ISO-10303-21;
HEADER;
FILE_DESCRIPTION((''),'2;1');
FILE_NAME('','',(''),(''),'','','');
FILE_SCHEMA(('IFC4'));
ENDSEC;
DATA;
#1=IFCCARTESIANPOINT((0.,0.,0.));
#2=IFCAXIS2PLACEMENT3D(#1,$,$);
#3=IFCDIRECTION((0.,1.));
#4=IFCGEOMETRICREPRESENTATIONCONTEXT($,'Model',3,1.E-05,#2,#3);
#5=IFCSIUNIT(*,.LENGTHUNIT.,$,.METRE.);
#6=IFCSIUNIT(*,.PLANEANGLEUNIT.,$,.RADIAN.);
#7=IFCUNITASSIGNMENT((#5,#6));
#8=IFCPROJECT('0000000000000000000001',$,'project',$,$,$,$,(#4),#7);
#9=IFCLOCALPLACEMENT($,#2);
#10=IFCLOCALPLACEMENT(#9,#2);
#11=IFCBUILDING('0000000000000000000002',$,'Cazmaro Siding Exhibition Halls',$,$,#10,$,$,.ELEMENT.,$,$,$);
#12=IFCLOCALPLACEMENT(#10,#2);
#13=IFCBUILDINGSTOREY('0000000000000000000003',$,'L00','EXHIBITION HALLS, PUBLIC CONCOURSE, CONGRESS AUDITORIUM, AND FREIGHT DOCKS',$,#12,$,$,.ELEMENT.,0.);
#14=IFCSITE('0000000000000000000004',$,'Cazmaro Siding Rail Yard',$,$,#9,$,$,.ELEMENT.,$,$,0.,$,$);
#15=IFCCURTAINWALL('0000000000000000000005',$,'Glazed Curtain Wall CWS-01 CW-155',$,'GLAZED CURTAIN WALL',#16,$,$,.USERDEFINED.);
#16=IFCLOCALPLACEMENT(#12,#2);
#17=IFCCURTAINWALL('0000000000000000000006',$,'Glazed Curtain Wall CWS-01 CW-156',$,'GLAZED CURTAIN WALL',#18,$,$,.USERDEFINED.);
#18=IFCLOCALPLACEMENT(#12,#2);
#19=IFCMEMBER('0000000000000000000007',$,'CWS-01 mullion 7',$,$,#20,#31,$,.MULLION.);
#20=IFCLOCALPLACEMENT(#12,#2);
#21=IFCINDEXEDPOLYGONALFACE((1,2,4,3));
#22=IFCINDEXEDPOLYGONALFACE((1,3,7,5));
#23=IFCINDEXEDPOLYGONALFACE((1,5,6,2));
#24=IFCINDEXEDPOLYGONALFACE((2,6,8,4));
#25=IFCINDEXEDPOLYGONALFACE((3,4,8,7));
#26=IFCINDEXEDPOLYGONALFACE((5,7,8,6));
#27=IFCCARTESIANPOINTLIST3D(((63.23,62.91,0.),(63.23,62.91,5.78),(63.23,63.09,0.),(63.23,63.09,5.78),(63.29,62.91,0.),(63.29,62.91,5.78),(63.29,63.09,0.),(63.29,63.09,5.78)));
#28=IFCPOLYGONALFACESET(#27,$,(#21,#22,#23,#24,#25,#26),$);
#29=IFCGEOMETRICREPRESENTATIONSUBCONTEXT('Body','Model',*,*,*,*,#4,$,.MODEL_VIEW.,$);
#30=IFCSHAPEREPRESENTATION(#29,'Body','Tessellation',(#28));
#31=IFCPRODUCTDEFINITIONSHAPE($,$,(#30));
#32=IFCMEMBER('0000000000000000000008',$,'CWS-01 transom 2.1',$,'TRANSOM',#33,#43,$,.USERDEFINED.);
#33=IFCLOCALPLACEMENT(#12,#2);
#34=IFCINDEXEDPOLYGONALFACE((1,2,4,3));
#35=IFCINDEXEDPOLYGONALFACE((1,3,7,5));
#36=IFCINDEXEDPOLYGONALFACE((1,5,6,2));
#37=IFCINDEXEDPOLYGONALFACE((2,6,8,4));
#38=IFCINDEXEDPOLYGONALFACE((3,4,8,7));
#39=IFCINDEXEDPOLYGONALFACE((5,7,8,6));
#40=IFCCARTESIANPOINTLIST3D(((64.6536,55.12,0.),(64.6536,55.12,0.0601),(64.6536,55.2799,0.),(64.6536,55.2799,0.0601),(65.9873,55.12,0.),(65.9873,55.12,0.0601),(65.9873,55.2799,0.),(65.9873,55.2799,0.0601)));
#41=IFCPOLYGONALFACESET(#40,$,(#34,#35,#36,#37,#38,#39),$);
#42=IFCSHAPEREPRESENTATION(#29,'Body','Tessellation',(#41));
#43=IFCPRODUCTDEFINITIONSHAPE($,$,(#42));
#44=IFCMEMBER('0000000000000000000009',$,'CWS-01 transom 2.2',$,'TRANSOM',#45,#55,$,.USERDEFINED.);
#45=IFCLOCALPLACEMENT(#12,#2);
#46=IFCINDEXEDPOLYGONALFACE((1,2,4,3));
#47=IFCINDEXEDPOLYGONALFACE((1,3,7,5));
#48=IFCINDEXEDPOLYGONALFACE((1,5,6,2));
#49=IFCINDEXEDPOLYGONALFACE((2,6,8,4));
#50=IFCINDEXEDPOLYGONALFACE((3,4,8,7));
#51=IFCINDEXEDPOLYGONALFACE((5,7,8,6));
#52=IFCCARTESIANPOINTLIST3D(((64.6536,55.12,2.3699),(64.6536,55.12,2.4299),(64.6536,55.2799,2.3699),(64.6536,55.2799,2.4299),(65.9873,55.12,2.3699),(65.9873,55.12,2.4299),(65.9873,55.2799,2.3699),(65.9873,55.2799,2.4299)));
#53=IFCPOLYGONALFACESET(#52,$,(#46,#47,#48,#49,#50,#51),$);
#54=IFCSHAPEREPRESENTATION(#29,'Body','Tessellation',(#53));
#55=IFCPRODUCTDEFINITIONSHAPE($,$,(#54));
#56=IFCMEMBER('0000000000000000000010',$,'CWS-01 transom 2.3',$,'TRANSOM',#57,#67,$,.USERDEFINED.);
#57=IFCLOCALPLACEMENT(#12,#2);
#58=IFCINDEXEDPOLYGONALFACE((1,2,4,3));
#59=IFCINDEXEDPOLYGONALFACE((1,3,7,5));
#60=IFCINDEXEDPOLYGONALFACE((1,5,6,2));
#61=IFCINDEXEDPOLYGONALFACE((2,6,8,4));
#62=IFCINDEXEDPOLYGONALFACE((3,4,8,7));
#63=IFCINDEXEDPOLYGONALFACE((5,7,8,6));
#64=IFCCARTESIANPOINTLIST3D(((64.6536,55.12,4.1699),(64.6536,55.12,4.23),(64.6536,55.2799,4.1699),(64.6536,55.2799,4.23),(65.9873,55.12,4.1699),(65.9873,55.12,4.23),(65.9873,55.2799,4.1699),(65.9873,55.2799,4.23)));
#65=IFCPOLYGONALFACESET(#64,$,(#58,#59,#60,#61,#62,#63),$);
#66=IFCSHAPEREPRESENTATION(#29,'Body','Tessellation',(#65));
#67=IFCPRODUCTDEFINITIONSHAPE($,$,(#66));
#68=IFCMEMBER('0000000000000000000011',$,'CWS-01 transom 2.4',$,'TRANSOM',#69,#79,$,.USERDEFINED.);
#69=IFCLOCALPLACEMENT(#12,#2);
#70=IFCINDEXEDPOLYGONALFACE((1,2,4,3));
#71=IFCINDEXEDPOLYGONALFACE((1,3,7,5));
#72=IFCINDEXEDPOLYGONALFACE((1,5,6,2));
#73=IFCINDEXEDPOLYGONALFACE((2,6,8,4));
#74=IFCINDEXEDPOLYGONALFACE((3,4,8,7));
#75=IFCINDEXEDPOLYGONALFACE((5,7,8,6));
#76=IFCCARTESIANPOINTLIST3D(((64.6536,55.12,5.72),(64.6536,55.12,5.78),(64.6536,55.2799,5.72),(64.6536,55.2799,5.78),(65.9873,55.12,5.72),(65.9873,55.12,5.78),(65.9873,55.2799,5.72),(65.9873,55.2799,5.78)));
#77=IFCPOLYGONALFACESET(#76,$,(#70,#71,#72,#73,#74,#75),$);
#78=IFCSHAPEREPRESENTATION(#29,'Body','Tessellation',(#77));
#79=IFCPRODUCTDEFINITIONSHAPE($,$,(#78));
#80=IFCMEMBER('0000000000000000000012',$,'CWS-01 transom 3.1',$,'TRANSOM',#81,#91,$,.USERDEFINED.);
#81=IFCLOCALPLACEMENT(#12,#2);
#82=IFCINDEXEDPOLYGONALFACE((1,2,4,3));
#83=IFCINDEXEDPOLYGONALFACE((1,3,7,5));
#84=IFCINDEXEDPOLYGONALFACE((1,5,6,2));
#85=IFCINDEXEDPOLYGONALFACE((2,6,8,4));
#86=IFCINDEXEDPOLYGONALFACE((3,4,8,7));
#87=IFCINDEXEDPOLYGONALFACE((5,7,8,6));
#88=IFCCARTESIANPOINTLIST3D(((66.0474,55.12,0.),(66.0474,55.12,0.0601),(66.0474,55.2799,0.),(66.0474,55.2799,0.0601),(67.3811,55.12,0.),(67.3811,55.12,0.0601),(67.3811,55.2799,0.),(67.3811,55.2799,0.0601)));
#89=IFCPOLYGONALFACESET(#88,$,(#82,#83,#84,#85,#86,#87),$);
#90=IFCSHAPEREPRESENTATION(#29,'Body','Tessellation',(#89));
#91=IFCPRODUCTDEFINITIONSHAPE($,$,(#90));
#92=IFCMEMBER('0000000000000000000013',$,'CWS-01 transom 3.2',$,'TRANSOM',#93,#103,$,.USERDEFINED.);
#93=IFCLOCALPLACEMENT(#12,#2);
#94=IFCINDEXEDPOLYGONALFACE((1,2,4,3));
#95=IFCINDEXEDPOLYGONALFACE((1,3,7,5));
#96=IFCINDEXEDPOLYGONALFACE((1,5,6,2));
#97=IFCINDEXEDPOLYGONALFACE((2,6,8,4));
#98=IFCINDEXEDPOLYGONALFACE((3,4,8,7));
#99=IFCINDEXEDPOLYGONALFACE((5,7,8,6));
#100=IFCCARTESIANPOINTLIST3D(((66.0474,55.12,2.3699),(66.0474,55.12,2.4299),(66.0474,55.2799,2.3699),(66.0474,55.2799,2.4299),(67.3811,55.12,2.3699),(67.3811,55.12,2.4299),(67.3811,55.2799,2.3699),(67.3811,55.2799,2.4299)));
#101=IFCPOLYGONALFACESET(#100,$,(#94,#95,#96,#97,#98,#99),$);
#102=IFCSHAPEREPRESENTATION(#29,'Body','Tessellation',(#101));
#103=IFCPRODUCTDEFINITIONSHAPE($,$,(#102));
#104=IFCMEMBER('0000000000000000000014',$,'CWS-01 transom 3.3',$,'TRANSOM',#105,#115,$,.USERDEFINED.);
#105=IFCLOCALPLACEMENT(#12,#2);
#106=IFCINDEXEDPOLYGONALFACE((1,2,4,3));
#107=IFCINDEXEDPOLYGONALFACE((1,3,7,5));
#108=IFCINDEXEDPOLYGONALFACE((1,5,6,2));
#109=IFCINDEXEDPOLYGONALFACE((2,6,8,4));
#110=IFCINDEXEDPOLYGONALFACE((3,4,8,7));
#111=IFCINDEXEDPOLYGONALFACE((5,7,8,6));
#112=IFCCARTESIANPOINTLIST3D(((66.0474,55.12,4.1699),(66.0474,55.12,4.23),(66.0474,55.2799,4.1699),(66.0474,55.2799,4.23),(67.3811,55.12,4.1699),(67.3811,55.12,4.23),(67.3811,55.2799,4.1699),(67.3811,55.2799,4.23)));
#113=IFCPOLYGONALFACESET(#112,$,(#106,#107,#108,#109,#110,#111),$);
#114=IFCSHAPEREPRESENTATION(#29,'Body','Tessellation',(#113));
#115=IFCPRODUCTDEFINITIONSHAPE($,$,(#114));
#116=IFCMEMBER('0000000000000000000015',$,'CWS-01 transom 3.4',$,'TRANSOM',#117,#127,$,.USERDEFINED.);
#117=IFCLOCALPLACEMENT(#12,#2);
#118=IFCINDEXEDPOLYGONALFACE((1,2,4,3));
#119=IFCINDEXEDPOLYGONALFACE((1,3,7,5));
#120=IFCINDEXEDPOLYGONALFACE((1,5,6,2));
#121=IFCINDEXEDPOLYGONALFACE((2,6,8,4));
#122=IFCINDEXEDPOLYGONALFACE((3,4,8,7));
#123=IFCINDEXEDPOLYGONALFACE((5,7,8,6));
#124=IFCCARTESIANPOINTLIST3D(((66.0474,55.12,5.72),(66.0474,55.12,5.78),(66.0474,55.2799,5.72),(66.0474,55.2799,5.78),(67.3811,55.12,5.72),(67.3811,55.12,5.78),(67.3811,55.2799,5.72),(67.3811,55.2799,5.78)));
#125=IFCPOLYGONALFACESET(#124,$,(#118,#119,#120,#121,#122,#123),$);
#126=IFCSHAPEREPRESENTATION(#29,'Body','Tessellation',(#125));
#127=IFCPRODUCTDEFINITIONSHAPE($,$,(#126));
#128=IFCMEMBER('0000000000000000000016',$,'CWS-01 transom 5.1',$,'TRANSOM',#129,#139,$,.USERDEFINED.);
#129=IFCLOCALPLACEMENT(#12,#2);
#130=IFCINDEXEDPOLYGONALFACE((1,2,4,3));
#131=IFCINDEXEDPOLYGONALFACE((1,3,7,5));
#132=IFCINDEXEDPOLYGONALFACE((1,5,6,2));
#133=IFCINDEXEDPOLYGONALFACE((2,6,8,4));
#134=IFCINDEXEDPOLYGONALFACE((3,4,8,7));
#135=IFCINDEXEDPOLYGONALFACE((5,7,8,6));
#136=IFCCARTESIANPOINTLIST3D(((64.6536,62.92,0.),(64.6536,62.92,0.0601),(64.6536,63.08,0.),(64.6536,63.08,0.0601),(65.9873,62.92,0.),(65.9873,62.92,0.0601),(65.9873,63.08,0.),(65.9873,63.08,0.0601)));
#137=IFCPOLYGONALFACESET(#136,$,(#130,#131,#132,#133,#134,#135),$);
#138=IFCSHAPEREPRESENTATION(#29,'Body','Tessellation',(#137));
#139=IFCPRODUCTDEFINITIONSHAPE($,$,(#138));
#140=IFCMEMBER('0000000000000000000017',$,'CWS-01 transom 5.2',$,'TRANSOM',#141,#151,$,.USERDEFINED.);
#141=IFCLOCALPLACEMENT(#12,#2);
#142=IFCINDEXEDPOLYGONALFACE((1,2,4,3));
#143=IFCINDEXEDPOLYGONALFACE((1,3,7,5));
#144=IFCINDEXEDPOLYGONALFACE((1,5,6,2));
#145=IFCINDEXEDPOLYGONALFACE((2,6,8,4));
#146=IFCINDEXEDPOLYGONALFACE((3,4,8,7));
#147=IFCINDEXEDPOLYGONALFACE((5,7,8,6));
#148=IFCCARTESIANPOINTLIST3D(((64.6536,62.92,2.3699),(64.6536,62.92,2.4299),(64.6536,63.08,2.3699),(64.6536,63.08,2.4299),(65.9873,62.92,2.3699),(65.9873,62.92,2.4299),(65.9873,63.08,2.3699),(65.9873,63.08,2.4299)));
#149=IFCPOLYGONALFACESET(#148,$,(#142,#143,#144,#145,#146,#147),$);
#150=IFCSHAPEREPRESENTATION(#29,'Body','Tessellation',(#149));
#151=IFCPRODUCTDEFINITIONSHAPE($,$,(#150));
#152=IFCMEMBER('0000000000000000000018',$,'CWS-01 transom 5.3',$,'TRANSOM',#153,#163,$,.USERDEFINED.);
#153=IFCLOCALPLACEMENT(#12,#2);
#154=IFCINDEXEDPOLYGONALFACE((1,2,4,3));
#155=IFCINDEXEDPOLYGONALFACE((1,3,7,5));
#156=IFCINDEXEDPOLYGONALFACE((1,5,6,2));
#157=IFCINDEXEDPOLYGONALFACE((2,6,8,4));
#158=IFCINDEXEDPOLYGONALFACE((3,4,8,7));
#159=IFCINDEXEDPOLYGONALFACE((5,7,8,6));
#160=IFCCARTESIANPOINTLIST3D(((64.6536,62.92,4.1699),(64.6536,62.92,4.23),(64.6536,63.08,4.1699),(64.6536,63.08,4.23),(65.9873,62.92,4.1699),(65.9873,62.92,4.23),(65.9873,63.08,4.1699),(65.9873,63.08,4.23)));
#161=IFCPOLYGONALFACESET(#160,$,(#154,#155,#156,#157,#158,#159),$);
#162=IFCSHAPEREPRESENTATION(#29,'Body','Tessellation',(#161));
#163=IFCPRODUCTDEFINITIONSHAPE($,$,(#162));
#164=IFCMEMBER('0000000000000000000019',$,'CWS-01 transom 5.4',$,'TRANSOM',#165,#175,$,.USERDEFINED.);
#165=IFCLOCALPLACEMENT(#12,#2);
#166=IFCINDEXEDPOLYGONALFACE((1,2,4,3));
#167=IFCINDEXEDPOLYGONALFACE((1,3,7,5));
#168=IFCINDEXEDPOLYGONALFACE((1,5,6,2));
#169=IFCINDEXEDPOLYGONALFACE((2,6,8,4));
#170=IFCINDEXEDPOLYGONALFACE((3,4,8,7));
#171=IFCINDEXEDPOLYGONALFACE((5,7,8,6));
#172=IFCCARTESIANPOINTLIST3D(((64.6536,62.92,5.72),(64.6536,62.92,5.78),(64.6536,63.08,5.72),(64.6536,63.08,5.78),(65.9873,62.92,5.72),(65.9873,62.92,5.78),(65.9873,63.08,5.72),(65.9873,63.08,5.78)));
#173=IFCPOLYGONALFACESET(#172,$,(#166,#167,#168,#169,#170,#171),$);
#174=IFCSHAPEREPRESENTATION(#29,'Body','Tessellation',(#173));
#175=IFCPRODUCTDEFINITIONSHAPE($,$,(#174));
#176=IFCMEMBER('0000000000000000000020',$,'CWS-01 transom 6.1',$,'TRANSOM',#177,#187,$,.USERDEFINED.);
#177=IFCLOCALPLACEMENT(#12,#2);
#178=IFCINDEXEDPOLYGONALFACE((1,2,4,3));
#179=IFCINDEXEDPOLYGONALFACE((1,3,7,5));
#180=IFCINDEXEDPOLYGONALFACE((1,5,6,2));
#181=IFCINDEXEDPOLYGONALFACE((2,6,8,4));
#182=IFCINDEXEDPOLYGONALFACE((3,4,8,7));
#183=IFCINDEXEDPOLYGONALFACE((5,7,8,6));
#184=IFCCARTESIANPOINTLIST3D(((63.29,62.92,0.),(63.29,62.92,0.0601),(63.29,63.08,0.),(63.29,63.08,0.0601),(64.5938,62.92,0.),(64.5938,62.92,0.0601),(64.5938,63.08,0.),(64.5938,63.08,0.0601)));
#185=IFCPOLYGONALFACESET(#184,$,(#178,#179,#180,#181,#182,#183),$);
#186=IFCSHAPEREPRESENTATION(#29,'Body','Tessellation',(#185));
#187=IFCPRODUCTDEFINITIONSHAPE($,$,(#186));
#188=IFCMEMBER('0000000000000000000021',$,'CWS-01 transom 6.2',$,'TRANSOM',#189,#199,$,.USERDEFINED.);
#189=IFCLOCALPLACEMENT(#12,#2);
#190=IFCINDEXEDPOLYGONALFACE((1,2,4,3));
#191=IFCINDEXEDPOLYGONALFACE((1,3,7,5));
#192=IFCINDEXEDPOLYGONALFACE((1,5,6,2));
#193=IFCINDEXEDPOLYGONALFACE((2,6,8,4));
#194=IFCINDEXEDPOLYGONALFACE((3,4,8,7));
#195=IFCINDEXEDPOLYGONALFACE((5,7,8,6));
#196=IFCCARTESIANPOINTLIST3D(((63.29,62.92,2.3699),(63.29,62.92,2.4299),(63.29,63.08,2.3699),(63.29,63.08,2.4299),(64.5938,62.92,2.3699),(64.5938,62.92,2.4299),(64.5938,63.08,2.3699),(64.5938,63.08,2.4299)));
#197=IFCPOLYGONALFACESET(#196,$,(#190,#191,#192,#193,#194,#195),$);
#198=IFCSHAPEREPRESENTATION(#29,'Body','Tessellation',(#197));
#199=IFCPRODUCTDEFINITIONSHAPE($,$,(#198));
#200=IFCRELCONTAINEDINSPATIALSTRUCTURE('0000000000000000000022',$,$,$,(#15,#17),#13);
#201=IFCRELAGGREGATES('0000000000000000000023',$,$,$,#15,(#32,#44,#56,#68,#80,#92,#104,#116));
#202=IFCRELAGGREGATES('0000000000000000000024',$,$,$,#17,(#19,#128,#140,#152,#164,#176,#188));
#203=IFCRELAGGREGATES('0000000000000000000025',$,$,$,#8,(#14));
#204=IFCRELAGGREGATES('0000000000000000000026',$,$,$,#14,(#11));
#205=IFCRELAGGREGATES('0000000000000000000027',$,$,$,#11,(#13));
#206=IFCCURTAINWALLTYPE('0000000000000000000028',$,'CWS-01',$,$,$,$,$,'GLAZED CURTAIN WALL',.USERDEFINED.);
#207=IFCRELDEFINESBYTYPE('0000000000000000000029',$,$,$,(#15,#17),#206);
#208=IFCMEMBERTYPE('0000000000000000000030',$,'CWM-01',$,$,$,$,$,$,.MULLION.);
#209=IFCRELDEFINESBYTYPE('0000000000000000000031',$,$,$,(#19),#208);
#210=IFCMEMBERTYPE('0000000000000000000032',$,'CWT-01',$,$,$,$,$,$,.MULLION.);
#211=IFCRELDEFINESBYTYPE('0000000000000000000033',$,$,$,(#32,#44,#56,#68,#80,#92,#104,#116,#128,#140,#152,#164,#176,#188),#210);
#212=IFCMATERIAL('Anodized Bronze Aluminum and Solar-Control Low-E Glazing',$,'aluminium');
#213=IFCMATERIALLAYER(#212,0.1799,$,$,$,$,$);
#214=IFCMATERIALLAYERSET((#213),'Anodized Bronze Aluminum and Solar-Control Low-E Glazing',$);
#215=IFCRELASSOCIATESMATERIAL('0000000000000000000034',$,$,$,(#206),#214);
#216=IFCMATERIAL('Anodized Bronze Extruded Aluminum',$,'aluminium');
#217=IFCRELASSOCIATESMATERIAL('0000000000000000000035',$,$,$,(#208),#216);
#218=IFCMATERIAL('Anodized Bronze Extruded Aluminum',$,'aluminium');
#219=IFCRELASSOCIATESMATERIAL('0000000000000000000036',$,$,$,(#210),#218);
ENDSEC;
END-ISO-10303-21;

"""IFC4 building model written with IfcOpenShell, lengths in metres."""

from ifc_helpers import new_model, si_unit, direction, frame, origin, origin_2d, place, context, subcontext, project, spatial, rectangle, extrude, material, layer, layer_set, material_profile, profile_set, type_object, element, aggregate, save


model = new_model("IFC4")

# Units and contexts
model_context = context("Model", 3, precision=1e-05, world=origin(), true_north=direction((0.0, 1.0)))
body_context = subcontext(model_context, "Body", "Model", "MODEL_VIEW")
ifc_project = project(units=[si_unit("LENGTHUNIT", "METRE"), si_unit("PLANEANGLEUNIT", "RADIAN")], contexts=[model_context])

# Site, building, storey
site_placement = place(None, origin())
site = spatial("IfcSite", under=ifc_project, at=site_placement, Name="Cazmaro Siding Rail Yard", CompositionType="ELEMENT", RefElevation=0.0)
building_placement = place(site_placement, origin())
building = spatial("IfcBuilding", under=site, at=building_placement, Name="Cazmaro Siding Exhibition Halls", CompositionType="ELEMENT")
storey_placement = place(building_placement, origin())
storey = spatial("IfcBuildingStorey", under=building, at=storey_placement, Name="L00", Description="EXHIBITION HALLS, PUBLIC CONCOURSE, CONGRESS AUDITORIUM, AND FREIGHT DOCKS", CompositionType="ELEMENT", Elevation=0.0)

# Curtain walls, member
ifc_material_1 = material(Name="Anodized Bronze Aluminum and Solar-Control Low-E Glazing", Category="aluminium")
ifc_layer_1 = layer(ifc_material_1, 0.1799)
ifc_layer_set_1 = layer_set([ifc_layer_1], Name="Anodized Bronze Aluminum and Solar-Control Low-E Glazing")
curtain_wall_type = type_object("IfcCurtainWallType", Name="CWS-01", ElementType="GLAZED CURTAIN WALL", PredefinedType="USERDEFINED", material=ifc_layer_set_1)
curtain_wall_1_placement = place(storey_placement, origin())
curtain_wall_1 = element("IfcCurtainWall", 1, at=curtain_wall_1_placement, inside=storey, type_object=curtain_wall_type, Name="Glazed Curtain Wall CWS-01 CW-155", ObjectType="GLAZED CURTAIN WALL", PredefinedType="USERDEFINED")
ifc_material_2 = material(Name="Anodized Bronze Extruded Aluminum", Category="aluminium")
ifc_material_profile_1 = material_profile(ifc_material_2, rectangle(XDim=0.1799, YDim=0.0601, at=origin_2d()), Name="CWM-01")
ifc_profile_set_1 = profile_set([ifc_material_profile_1], Name="Anodized Bronze Extruded Aluminum")
member_type_1 = type_object("IfcMemberType", Name="CWM-01", PredefinedType="MULLION", material=ifc_profile_set_1)
curtain_wall_2_placement = place(storey_placement, origin())
curtain_wall_2 = element("IfcCurtainWall", 2, at=curtain_wall_2_placement, inside=storey, type_object=curtain_wall_type, Name="Glazed Curtain Wall CWS-01 CW-156", ObjectType="GLAZED CURTAIN WALL", PredefinedType="USERDEFINED")
member_1_placement = place(storey_placement, frame((63.26, 63.0, 0.0), z_axis=(0.0, 0.0, 1.0), x_axis=(0.0, -1.0, 0.0)))
member_1 = element("IfcMember", 3, at=member_1_placement, type_object=member_type_1, Name="CWS-01 mullion 7", PredefinedType="MULLION", context=body_context, shape_type="SweptSolid", body=[
    extrude(rectangle(XDim=0.1799, YDim=0.0601, at=origin_2d()), origin(), (0.0, 0.0, 1.0), 5.78),
])

# Members
ifc_material_3 = material(Name="Anodized Bronze Extruded Aluminum", Category="aluminium")
ifc_material_profile_2 = material_profile(ifc_material_3, rectangle(XDim=0.1599, YDim=0.0601, at=origin_2d()), Name="CWT-01")
ifc_profile_set_2 = profile_set([ifc_material_profile_2], Name="Anodized Bronze Extruded Aluminum")
member_type_2 = type_object("IfcMemberType", Name="CWT-01", PredefinedType="MULLION", material=ifc_profile_set_2)
member_2_placement = place(storey_placement, frame((64.6536, 55.2, 0.03), z_axis=(1.0, 0.0, 0.0), x_axis=(0.0, 1.0, 0.0)))
member_2 = element("IfcMember", 4, at=member_2_placement, type_object=member_type_2, Name="CWS-01 transom 2.1", ObjectType="TRANSOM", PredefinedType="USERDEFINED", context=body_context, shape_type="SweptSolid", body=[
    extrude(rectangle(XDim=0.1599, YDim=0.0601, at=origin_2d()), origin(), (0.0, 0.0, 1.0), 1.3337),
])
member_3_placement = place(storey_placement, frame((64.6536, 55.2, 2.3999), z_axis=(1.0, 0.0, 0.0), x_axis=(0.0, 1.0, 0.0)))
member_3 = element("IfcMember", 5, at=member_3_placement, type_object=member_type_2, Name="CWS-01 transom 2.2", ObjectType="TRANSOM", PredefinedType="USERDEFINED", context=body_context, shape_type="SweptSolid", body=[
    extrude(rectangle(XDim=0.1599, YDim=0.0601, at=origin_2d()), origin(), (0.0, 0.0, 1.0), 1.3337),
])
member_4_placement = place(storey_placement, frame((64.6536, 55.2, 4.2), z_axis=(1.0, 0.0, 0.0), x_axis=(0.0, 1.0, 0.0)))
member_4 = element("IfcMember", 6, at=member_4_placement, type_object=member_type_2, Name="CWS-01 transom 2.3", ObjectType="TRANSOM", PredefinedType="USERDEFINED", context=body_context, shape_type="SweptSolid", body=[
    extrude(rectangle(XDim=0.1599, YDim=0.0601, at=origin_2d()), origin(), (0.0, 0.0, 1.0), 1.3337),
])
member_5_placement = place(storey_placement, frame((64.6536, 55.2, 5.75), z_axis=(1.0, 0.0, 0.0), x_axis=(0.0, 1.0, 0.0)))
member_5 = element("IfcMember", 7, at=member_5_placement, type_object=member_type_2, Name="CWS-01 transom 2.4", ObjectType="TRANSOM", PredefinedType="USERDEFINED", context=body_context, shape_type="SweptSolid", body=[
    extrude(rectangle(XDim=0.1599, YDim=0.0601, at=origin_2d()), origin(), (0.0, 0.0, 1.0), 1.3337),
])
member_6_placement = place(storey_placement, frame((66.0474, 55.2, 0.03), z_axis=(1.0, 0.0, 0.0), x_axis=(0.0, 1.0, 0.0)))
member_6 = element("IfcMember", 8, at=member_6_placement, type_object=member_type_2, Name="CWS-01 transom 3.1", ObjectType="TRANSOM", PredefinedType="USERDEFINED", context=body_context, shape_type="SweptSolid", body=[
    extrude(rectangle(XDim=0.1599, YDim=0.0601, at=origin_2d()), origin(), (0.0, 0.0, 1.0), 1.3337),
])
member_7_placement = place(storey_placement, frame((66.0474, 55.2, 2.3999), z_axis=(1.0, 0.0, 0.0), x_axis=(0.0, 1.0, 0.0)))
member_7 = element("IfcMember", 9, at=member_7_placement, type_object=member_type_2, Name="CWS-01 transom 3.2", ObjectType="TRANSOM", PredefinedType="USERDEFINED", context=body_context, shape_type="SweptSolid", body=[
    extrude(rectangle(XDim=0.1599, YDim=0.0601, at=origin_2d()), origin(), (0.0, 0.0, 1.0), 1.3337),
])
member_8_placement = place(storey_placement, frame((66.0474, 55.2, 4.2), z_axis=(1.0, 0.0, 0.0), x_axis=(0.0, 1.0, 0.0)))
member_8 = element("IfcMember", 10, at=member_8_placement, type_object=member_type_2, Name="CWS-01 transom 3.3", ObjectType="TRANSOM", PredefinedType="USERDEFINED", context=body_context, shape_type="SweptSolid", body=[
    extrude(rectangle(XDim=0.1599, YDim=0.0601, at=origin_2d()), origin(), (0.0, 0.0, 1.0), 1.3337),
])
member_9_placement = place(storey_placement, frame((66.0474, 55.2, 5.75), z_axis=(1.0, 0.0, 0.0), x_axis=(0.0, 1.0, 0.0)))
member_9 = element("IfcMember", 11, at=member_9_placement, type_object=member_type_2, Name="CWS-01 transom 3.4", ObjectType="TRANSOM", PredefinedType="USERDEFINED", context=body_context, shape_type="SweptSolid", body=[
    extrude(rectangle(XDim=0.1599, YDim=0.0601, at=origin_2d()), origin(), (0.0, 0.0, 1.0), 1.3337),
])
member_10_placement = place(storey_placement, frame((65.9873, 63.0, 0.03), z_axis=(-1.0, 0.0, 0.0), x_axis=(0.0, -1.0, 0.0)))
member_10 = element("IfcMember", 12, at=member_10_placement, type_object=member_type_2, Name="CWS-01 transom 5.1", ObjectType="TRANSOM", PredefinedType="USERDEFINED", context=body_context, shape_type="SweptSolid", body=[
    extrude(rectangle(XDim=0.1599, YDim=0.0601, at=origin_2d()), origin(), (0.0, 0.0, 1.0), 1.3337),
])
member_11_placement = place(storey_placement, frame((65.9873, 63.0, 2.3999), z_axis=(-1.0, 0.0, 0.0), x_axis=(0.0, -1.0, 0.0)))
member_11 = element("IfcMember", 13, at=member_11_placement, type_object=member_type_2, Name="CWS-01 transom 5.2", ObjectType="TRANSOM", PredefinedType="USERDEFINED", context=body_context, shape_type="SweptSolid", body=[
    extrude(rectangle(XDim=0.1599, YDim=0.0601, at=origin_2d()), origin(), (0.0, 0.0, 1.0), 1.3337),
])
member_12_placement = place(storey_placement, frame((65.9873, 63.0, 4.2), z_axis=(-1.0, 0.0, 0.0), x_axis=(0.0, -1.0, 0.0)))
member_12 = element("IfcMember", 14, at=member_12_placement, type_object=member_type_2, Name="CWS-01 transom 5.3", ObjectType="TRANSOM", PredefinedType="USERDEFINED", context=body_context, shape_type="SweptSolid", body=[
    extrude(rectangle(XDim=0.1599, YDim=0.0601, at=origin_2d()), origin(), (0.0, 0.0, 1.0), 1.3337),
])
member_13_placement = place(storey_placement, frame((65.9873, 63.0, 5.75), z_axis=(-1.0, 0.0, 0.0), x_axis=(0.0, -1.0, 0.0)))
member_13 = element("IfcMember", 15, at=member_13_placement, type_object=member_type_2, Name="CWS-01 transom 5.4", ObjectType="TRANSOM", PredefinedType="USERDEFINED", context=body_context, shape_type="SweptSolid", body=[
    extrude(rectangle(XDim=0.1599, YDim=0.0601, at=origin_2d()), origin(), (0.0, 0.0, 1.0), 1.3337),
])
member_14_placement = place(storey_placement, frame((64.5938, 63.0, 0.03), z_axis=(-1.0, 0.0, 0.0), x_axis=(0.0, -1.0, 0.0)))
member_14 = element("IfcMember", 16, at=member_14_placement, type_object=member_type_2, Name="CWS-01 transom 6.1", ObjectType="TRANSOM", PredefinedType="USERDEFINED", context=body_context, shape_type="SweptSolid", body=[
    extrude(rectangle(XDim=0.1599, YDim=0.0601, at=origin_2d()), origin(), (0.0, 0.0, 1.0), 1.3037),
])
member_15_placement = place(storey_placement, frame((64.5938, 63.0, 2.3999), z_axis=(-1.0, 0.0, 0.0), x_axis=(0.0, -1.0, 0.0)))
member_15 = element("IfcMember", 17, at=member_15_placement, type_object=member_type_2, Name="CWS-01 transom 6.2", ObjectType="TRANSOM", PredefinedType="USERDEFINED", context=body_context, shape_type="SweptSolid", body=[
    extrude(rectangle(XDim=0.1599, YDim=0.0601, at=origin_2d()), origin(), (0.0, 0.0, 1.0), 1.3037),
])

aggregate(curtain_wall_1, [member_2, member_3, member_4, member_5, member_6, member_7, member_8, member_9])
aggregate(curtain_wall_2, [member_1, member_10, member_11, member_12, member_13, member_14, member_15])

save(model, "model.ifc")
